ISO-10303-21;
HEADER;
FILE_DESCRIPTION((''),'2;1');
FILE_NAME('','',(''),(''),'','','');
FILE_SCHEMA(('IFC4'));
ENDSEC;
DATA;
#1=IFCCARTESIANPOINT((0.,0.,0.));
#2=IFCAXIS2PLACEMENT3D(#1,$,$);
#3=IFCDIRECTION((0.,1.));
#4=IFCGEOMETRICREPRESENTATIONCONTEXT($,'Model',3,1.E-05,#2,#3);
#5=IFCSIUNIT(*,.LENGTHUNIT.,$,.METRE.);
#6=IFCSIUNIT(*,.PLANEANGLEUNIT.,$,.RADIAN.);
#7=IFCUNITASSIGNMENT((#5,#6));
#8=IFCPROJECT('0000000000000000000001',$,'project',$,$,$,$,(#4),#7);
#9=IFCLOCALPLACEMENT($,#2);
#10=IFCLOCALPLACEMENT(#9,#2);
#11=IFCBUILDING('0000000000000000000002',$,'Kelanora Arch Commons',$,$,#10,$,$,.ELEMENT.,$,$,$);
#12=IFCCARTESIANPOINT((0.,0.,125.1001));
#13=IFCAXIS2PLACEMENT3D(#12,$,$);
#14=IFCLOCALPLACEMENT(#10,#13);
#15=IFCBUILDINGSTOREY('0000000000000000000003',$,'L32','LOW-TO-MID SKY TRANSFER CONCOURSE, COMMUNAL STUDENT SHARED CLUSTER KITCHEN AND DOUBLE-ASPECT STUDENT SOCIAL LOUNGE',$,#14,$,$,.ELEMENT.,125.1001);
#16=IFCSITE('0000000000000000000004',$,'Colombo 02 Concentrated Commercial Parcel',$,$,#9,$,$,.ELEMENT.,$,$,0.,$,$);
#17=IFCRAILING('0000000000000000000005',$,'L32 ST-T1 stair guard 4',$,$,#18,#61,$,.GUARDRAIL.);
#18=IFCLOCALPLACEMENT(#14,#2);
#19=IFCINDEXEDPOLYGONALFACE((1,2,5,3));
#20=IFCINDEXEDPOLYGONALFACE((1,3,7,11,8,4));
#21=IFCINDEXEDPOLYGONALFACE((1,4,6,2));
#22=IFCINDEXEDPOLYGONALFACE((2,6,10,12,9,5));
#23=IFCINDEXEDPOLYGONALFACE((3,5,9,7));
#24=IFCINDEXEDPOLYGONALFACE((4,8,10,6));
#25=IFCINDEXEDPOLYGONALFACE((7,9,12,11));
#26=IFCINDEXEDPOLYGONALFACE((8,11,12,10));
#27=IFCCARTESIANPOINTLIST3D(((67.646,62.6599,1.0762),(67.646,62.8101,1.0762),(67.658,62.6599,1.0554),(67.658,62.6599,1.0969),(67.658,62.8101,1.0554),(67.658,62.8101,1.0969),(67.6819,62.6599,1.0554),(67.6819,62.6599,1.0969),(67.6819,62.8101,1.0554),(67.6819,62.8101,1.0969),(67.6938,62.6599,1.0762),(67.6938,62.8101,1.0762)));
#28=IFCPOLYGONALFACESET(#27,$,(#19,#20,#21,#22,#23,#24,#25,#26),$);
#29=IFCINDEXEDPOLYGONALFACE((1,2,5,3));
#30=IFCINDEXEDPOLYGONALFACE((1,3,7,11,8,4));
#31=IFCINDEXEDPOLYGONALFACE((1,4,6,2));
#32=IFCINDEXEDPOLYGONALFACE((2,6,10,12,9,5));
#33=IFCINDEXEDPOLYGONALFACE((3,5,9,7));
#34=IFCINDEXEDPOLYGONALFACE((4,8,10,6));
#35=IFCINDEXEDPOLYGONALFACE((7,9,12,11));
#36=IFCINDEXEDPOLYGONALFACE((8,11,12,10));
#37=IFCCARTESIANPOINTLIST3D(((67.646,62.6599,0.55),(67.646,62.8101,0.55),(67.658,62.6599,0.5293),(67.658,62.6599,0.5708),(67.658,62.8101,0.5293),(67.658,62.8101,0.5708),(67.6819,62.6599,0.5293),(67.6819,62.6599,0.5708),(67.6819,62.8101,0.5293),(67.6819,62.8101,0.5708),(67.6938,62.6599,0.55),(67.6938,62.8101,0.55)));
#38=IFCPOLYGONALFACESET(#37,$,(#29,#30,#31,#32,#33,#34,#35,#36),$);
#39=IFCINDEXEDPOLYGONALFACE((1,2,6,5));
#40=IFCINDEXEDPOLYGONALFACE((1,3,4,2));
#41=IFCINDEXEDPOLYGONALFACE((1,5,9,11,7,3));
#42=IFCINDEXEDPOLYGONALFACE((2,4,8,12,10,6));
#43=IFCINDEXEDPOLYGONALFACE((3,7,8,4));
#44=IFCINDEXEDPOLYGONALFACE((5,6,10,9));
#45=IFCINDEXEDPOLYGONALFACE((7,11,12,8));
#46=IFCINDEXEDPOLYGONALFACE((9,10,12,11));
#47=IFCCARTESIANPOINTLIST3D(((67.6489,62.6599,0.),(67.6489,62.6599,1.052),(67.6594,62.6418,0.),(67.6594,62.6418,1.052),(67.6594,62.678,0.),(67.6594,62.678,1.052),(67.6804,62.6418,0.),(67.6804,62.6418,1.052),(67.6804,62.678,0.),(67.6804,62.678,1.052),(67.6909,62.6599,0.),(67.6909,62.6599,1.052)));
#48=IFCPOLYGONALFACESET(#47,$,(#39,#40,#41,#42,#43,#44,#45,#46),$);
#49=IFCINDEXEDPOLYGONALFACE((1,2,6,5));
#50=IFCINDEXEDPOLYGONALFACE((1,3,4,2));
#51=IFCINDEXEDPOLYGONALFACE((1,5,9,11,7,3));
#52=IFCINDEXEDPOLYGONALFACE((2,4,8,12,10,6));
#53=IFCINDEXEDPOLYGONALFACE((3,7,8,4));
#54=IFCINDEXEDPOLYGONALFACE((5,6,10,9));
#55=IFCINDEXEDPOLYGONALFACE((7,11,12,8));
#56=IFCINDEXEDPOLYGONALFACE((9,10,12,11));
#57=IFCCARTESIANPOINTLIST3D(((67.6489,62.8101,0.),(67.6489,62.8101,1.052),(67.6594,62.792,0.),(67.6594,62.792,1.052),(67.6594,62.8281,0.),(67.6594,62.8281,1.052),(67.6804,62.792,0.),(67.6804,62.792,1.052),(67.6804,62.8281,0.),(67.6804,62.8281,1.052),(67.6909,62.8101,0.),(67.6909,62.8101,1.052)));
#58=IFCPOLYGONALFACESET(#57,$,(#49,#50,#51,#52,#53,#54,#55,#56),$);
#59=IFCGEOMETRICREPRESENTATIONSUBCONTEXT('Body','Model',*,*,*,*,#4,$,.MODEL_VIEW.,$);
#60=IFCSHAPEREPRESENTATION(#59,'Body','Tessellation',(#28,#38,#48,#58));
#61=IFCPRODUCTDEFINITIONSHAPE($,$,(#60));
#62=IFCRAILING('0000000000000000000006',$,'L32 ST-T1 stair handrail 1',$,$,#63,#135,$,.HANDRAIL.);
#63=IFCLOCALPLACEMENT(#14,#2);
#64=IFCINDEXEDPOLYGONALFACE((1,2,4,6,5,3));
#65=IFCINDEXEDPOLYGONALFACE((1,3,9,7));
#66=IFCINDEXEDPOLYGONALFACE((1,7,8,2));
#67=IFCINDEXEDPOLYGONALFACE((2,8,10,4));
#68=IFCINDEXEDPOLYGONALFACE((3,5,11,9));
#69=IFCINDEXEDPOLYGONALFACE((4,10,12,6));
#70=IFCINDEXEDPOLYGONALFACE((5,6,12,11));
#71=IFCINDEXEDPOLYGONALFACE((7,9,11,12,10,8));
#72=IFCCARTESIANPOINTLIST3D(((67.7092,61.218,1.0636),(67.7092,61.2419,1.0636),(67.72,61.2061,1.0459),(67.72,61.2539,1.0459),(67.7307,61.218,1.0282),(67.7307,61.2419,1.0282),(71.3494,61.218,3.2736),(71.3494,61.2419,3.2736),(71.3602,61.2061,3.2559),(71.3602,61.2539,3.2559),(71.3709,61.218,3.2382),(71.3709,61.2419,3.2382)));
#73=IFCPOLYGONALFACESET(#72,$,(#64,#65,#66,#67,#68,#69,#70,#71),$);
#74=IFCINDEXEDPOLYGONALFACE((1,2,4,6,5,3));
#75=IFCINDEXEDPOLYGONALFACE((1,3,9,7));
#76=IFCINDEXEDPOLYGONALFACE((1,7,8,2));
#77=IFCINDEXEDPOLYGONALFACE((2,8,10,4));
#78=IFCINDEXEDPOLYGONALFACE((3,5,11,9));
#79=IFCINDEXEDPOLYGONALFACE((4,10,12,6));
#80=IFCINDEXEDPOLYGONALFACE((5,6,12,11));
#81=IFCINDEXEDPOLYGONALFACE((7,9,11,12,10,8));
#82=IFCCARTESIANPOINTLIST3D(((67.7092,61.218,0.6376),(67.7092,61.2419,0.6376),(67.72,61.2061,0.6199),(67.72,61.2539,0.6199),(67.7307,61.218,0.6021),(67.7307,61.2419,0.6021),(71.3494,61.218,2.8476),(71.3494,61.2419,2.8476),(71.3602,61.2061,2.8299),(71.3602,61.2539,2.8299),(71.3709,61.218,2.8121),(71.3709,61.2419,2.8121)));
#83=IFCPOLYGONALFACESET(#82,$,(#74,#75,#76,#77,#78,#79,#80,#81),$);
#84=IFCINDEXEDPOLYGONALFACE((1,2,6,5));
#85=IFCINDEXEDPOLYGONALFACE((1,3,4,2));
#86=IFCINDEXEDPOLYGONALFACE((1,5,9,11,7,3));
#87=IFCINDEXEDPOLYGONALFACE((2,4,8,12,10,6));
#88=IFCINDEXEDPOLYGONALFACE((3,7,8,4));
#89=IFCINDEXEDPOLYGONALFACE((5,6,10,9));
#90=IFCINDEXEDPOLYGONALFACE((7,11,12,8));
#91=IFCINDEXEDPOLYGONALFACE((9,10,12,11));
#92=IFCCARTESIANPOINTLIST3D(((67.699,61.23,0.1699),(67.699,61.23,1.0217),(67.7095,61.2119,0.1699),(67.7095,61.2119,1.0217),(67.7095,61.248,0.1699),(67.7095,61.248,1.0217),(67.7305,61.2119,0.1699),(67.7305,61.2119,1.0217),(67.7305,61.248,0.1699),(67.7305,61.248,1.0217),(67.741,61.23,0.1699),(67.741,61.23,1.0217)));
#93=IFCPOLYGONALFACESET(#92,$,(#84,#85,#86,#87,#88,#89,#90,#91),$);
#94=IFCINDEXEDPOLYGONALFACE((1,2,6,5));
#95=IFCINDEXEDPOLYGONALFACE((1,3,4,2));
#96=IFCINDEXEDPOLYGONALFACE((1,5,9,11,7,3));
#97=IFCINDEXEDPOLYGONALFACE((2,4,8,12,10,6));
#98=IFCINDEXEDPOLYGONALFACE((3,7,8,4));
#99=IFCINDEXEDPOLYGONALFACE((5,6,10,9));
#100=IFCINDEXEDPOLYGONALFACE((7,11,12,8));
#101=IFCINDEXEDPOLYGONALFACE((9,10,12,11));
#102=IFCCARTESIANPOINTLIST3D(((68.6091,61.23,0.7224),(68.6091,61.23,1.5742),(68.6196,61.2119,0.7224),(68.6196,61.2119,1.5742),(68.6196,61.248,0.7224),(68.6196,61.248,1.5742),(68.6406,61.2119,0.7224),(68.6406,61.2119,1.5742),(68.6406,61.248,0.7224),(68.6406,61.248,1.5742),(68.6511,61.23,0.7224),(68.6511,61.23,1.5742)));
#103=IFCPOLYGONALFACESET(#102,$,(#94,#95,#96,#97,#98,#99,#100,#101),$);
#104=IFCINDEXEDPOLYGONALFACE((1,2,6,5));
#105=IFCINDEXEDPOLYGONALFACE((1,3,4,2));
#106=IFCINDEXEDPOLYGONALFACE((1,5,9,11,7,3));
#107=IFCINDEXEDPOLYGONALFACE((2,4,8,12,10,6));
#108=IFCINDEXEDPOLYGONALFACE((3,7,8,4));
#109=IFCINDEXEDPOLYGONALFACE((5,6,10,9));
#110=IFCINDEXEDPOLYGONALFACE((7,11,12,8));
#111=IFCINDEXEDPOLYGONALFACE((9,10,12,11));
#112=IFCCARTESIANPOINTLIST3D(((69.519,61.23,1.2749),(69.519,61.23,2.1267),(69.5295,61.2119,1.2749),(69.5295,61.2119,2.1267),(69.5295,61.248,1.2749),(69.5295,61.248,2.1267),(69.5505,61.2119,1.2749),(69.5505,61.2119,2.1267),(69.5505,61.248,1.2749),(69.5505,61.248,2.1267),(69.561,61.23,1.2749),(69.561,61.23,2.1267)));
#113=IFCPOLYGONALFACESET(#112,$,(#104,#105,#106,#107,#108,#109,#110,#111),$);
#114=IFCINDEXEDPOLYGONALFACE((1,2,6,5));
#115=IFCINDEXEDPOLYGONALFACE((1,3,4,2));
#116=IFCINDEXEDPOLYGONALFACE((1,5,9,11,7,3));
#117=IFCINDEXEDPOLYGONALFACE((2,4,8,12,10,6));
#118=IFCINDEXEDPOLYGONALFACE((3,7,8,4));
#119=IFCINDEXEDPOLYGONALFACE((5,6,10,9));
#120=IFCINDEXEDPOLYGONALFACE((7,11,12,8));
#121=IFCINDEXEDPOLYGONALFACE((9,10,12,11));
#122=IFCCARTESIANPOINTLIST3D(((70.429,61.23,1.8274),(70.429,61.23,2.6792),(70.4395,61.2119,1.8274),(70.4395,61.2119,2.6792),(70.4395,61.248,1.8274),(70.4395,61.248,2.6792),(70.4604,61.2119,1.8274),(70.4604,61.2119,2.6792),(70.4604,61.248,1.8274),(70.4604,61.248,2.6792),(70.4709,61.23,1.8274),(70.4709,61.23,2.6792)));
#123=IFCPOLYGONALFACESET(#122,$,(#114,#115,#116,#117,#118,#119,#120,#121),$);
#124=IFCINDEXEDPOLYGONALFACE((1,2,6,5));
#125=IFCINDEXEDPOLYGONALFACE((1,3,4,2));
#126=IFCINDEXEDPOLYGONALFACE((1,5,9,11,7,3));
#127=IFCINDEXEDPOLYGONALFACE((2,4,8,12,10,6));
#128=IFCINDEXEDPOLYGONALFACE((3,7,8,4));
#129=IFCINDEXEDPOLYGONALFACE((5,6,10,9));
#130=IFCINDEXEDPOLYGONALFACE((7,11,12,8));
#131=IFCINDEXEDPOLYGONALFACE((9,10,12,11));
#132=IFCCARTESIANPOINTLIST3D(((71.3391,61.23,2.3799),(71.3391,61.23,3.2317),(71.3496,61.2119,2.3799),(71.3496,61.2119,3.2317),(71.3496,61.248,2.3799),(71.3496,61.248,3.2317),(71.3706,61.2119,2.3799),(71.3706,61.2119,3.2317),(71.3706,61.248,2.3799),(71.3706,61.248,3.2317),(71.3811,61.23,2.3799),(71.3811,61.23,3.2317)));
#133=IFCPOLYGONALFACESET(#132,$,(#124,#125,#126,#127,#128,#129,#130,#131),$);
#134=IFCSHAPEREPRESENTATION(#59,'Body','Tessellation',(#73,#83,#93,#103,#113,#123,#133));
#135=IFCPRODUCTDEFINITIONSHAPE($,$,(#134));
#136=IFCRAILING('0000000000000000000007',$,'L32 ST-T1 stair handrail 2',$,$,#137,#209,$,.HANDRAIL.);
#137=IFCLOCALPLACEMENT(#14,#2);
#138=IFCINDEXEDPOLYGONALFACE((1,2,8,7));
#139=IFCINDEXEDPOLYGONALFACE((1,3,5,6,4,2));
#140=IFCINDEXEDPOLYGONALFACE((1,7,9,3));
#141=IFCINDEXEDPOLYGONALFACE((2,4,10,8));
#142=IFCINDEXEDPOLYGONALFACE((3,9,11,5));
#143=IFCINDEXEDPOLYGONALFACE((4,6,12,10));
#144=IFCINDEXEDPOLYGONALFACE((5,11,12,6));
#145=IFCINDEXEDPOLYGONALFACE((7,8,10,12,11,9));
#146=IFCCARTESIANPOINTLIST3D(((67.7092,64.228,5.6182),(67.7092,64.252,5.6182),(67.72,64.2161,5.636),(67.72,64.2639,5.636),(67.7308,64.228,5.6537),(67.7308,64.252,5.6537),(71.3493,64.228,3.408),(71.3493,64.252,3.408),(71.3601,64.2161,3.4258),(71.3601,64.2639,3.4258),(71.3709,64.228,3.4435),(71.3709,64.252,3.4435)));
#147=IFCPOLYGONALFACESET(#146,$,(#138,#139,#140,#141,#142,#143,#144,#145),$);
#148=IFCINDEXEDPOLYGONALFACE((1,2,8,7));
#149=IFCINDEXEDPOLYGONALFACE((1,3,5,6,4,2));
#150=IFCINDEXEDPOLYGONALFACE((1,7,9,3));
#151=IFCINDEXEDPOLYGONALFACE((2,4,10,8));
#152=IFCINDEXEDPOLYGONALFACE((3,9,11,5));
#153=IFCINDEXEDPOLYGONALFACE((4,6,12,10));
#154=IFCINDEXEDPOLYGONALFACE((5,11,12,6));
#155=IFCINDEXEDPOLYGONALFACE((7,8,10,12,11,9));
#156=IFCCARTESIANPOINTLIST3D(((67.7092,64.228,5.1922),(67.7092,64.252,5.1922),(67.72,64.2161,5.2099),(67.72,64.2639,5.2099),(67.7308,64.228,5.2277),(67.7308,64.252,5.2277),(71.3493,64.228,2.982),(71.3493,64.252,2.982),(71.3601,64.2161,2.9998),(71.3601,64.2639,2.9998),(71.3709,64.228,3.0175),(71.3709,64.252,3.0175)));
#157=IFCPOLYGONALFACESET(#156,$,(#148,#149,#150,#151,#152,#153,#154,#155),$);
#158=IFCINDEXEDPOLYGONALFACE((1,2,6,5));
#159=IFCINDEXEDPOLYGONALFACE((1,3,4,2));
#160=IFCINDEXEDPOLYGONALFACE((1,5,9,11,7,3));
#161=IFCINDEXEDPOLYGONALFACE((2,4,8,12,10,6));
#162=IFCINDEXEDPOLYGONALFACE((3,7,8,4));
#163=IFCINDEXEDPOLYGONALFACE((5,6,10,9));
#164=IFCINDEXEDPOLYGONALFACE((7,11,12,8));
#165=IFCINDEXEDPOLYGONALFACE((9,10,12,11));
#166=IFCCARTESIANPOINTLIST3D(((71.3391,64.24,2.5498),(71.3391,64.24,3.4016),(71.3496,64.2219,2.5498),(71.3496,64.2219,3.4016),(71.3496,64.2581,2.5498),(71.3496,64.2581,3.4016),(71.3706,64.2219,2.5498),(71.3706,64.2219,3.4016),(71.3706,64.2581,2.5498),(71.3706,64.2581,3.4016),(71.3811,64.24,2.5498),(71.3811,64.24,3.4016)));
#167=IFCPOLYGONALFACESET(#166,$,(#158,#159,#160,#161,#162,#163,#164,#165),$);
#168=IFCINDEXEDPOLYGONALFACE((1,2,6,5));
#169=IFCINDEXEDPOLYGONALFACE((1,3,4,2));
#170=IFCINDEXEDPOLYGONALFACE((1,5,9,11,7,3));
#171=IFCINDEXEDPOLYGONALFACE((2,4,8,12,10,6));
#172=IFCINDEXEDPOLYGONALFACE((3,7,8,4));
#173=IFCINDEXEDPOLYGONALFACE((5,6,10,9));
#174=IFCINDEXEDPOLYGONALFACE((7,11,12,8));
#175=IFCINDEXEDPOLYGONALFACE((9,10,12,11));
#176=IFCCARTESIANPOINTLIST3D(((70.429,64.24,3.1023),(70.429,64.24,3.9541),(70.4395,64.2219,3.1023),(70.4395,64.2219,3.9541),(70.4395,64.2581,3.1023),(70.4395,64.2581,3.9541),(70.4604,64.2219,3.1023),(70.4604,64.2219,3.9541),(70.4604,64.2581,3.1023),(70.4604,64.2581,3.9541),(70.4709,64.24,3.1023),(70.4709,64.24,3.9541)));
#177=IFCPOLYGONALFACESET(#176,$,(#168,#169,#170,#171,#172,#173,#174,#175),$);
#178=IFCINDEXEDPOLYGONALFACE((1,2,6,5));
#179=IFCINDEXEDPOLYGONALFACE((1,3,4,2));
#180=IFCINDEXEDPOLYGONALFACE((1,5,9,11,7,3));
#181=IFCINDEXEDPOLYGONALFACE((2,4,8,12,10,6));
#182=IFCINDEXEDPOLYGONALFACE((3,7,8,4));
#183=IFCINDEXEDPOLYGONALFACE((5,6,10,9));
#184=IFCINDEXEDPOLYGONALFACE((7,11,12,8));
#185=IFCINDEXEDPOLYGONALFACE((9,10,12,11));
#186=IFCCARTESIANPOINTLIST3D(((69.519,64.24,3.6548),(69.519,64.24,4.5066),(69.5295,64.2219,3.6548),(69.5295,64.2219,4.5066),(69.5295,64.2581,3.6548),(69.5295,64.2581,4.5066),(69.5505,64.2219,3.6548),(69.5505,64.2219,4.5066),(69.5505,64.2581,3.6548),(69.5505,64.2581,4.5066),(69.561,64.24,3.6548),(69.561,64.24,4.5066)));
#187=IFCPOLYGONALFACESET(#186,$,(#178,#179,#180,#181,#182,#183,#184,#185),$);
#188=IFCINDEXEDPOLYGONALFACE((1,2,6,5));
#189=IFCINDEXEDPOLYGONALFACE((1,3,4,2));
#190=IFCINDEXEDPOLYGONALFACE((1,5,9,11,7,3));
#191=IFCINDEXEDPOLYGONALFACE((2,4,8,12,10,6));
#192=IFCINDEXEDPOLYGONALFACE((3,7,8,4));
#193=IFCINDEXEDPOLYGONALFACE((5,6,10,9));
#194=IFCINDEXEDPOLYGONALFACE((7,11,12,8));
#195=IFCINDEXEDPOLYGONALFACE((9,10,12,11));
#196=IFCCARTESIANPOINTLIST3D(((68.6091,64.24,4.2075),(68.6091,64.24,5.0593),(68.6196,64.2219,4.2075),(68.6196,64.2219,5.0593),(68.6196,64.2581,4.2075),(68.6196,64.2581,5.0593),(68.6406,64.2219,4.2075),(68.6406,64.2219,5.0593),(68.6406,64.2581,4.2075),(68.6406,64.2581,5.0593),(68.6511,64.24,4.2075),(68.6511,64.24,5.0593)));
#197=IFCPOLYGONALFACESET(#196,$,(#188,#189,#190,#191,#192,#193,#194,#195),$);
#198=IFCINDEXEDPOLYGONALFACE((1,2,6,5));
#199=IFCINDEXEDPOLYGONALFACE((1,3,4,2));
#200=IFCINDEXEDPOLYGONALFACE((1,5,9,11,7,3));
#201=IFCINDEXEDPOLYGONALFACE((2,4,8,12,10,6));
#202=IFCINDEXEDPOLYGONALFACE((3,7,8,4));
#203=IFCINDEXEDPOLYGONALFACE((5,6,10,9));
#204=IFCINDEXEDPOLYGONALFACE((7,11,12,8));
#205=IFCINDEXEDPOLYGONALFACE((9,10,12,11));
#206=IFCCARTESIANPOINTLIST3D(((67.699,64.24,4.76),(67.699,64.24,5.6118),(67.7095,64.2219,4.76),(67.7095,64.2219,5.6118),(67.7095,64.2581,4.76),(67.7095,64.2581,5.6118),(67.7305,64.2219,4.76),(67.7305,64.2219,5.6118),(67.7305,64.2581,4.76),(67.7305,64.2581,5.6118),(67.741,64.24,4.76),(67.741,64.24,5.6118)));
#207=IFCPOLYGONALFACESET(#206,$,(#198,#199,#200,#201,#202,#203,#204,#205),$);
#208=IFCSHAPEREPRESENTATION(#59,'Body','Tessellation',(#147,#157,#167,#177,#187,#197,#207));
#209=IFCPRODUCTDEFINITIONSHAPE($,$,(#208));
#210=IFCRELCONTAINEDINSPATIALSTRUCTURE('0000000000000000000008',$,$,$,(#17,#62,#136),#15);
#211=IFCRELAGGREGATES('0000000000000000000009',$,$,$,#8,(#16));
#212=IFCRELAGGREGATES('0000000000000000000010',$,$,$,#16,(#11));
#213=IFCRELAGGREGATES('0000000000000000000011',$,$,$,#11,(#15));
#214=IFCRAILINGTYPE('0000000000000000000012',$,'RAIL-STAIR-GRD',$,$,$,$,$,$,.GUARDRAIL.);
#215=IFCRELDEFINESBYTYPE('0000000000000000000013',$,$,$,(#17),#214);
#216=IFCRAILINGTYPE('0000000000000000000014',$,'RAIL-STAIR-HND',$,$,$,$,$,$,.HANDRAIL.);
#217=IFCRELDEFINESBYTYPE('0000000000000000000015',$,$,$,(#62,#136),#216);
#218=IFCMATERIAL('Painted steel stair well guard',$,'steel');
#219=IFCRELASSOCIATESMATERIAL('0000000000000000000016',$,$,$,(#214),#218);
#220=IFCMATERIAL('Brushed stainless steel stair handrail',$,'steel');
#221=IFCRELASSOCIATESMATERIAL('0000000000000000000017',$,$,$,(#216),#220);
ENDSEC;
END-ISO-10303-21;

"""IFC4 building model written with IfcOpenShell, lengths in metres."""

from ifc_helpers import new_model, si_unit, direction, frame, origin, place, context, subcontext, project, spatial, polyline, outline, extrude, material, type_object, element, save


model = new_model("IFC4")

# Units and contexts
model_context = context("Model", 3, precision=1e-05, world=origin(), true_north=direction((0.0, 1.0)))
body_context = subcontext(model_context, "Body", "Model", "MODEL_VIEW")
ifc_project = project(units=[si_unit("LENGTHUNIT", "METRE"), si_unit("PLANEANGLEUNIT", "RADIAN")], contexts=[model_context])

# Site, building, storey
site_placement = place(None, origin())
site = spatial("IfcSite", under=ifc_project, at=site_placement, Name="Colombo 02 Concentrated Commercial Parcel", CompositionType="ELEMENT", RefElevation=0.0)
building_placement = place(site_placement, origin())
building = spatial("IfcBuilding", under=site, at=building_placement, Name="Kelanora Arch Commons", CompositionType="ELEMENT")
storey_placement = place(building_placement, frame((0.0, 0.0, 125.1001)))
storey = spatial("IfcBuildingStorey", under=building, at=storey_placement, Name="L32", Description="LOW-TO-MID SKY TRANSFER CONCOURSE, COMMUNAL STUDENT SHARED CLUSTER KITCHEN AND DOUBLE-ASPECT STUDENT SOCIAL LOUNGE", CompositionType="ELEMENT", Elevation=125.1001)

# Railings
ifc_material_1 = material(Name="Painted steel stair well guard", Category="steel")
railing_type_1 = type_object("IfcRailingType", Name="RAIL-STAIR-GRD", PredefinedType="GUARDRAIL", material=ifc_material_1)
railing_1_placement = place(storey_placement, frame((67.6699, 62.6599, 0.0)))
element("IfcRailing", 1, at=railing_1_placement, inside=storey, type_object=railing_type_1, Name="L32 ST-T1 stair guard 4", PredefinedType="GUARDRAIL", context=body_context, shape_type="SweptSolid", body=[
    extrude(outline(polyline([(0.0239, 0.0), (0.012, 0.0208), (-0.012, 0.0208), (-0.0239, 0.0), (-0.012, -0.0208), (0.012, -0.0208), (0.0239, 0.0)])), frame((0.0, 0.0, 1.0762), z_axis=(0.0, 1.0, 0.0), x_axis=(-1.0, 0.0, 0.0)), (0.0, 0.0, 1.0), 0.1501),
    extrude(outline(polyline([(0.0239, 0.0), (0.012, 0.0208), (-0.012, 0.0208), (-0.0239, 0.0), (-0.012, -0.0208), (0.012, -0.0208), (0.0239, 0.0)])), frame((0.0, 0.0, 0.55), z_axis=(0.0, 1.0, 0.0), x_axis=(-1.0, 0.0, 0.0)), (0.0, 0.0, 1.0), 0.1501),
    extrude(outline(polyline([(0.021, 0.0), (0.0105, 0.0181), (-0.0105, 0.0181), (-0.021, 0.0), (-0.0105, -0.0181), (0.0105, -0.0181), (0.021, 0.0)])), origin(), (0.0, 0.0, 1.0), 1.052),
    extrude(outline(polyline([(0.021, 0.0), (0.0105, 0.0181), (-0.0105, 0.0181), (-0.021, 0.0), (-0.0105, -0.0181), (0.0105, -0.0181), (0.021, 0.0)])), frame((0.0, 0.1501, 0.0)), (0.0, 0.0, 1.0), 1.052),
])
ifc_material_2 = material(Name="Brushed stainless steel stair handrail", Category="steel")
railing_type_2 = type_object("IfcRailingType", Name="RAIL-STAIR-HND", PredefinedType="HANDRAIL", material=ifc_material_2)
railing_2_placement = place(storey_placement, frame((67.72, 61.23, 0.1699)))
element("IfcRailing", 2, at=railing_2_placement, inside=storey, type_object=railing_type_2, Name="L32 ST-T1 stair handrail 1", PredefinedType="HANDRAIL", context=body_context, shape_type="SweptSolid", body=[
    extrude(outline(polyline([(0.0239, 0.0), (0.012, 0.0208), (-0.012, 0.0208), (-0.0239, 0.0), (-0.012, -0.0208), (0.012, -0.0208), (0.0239, 0.0)])), frame((0.0, 0.0, 0.876), z_axis=(0.8548, 0.0, 0.518957), x_axis=(0.0, 1.0, 0.0)), (0.0, 0.0, 1.0), 4.2585),
    extrude(outline(polyline([(0.0239, 0.0), (0.012, 0.0208), (-0.012, 0.0208), (-0.0239, 0.0), (-0.012, -0.0208), (0.012, -0.0208), (0.0239, 0.0)])), frame((0.0, 0.0, 0.45), z_axis=(0.8548, 0.0, 0.518957), x_axis=(0.0, 1.0, 0.0)), (0.0, 0.0, 1.0), 4.2585),
    extrude(outline(polyline([(0.021, 0.0), (0.0105, 0.0181), (-0.0105, 0.0181), (-0.021, 0.0), (-0.0105, -0.0181), (0.0105, -0.0181), (0.021, 0.0)])), origin(), (0.0, 0.0, 1.0), 0.8518),
    extrude(outline(polyline([(0.021, 0.0), (0.0105, 0.0181), (-0.0105, 0.0181), (-0.021, 0.0), (-0.0105, -0.0181), (0.0105, -0.0181), (0.021, 0.0)])), frame((0.9102, 0.0, 0.5525)), (0.0, 0.0, 1.0), 0.8518),
    extrude(outline(polyline([(0.021, 0.0), (0.0105, 0.0181), (-0.0105, 0.0181), (-0.021, 0.0), (-0.0105, -0.0181), (0.0105, -0.0181), (0.021, 0.0)])), frame((1.8201, 0.0, 1.105)), (0.0, 0.0, 1.0), 0.8518),
    extrude(outline(polyline([(0.021, 0.0), (0.0105, 0.0181), (-0.0105, 0.0181), (-0.021, 0.0), (-0.0105, -0.0181), (0.0105, -0.0181), (0.021, 0.0)])), frame((2.73, 0.0, 1.6575)), (0.0, 0.0, 1.0), 0.8518),
    extrude(outline(polyline([(0.021, 0.0), (0.0105, 0.0181), (-0.0105, 0.0181), (-0.021, 0.0), (-0.0105, -0.0181), (0.0105, -0.0181), (0.021, 0.0)])), frame((3.6401, 0.0, 2.21)), (0.0, 0.0, 1.0), 0.8518),
])
railing_3_placement = place(storey_placement, frame((71.3601, 64.24, 2.5498)))
element("IfcRailing", 3, at=railing_3_placement, inside=storey, type_object=railing_type_2, Name="L32 ST-T1 stair handrail 2", PredefinedType="HANDRAIL", context=body_context, shape_type="SweptSolid", body=[
    extrude(outline(polyline([(0.0239, 0.0), (0.012, 0.0208), (-0.012, 0.0208), (-0.0239, 0.0), (-0.012, -0.0208), (0.012, -0.0208), (0.0239, 0.0)])), frame((0.0, 0.0, 0.876), z_axis=(-0.854775, 0.0, 0.518999), x_axis=(0.0, -1.0, 0.0)), (0.0, 0.0, 1.0), 4.2585),
    extrude(outline(polyline([(0.0239, 0.0), (0.012, 0.0208), (-0.012, 0.0208), (-0.0239, 0.0), (-0.012, -0.0208), (0.012, -0.0208), (0.0239, 0.0)])), frame((0.0, 0.0, 0.45), z_axis=(-0.854775, 0.0, 0.518999), x_axis=(0.0, -1.0, 0.0)), (0.0, 0.0, 1.0), 4.2585),
    extrude(outline(polyline([(0.021, 0.0), (0.0105, 0.0181), (-0.0105, 0.0181), (-0.021, 0.0), (-0.0105, -0.0181), (0.0105, -0.0181), (0.021, 0.0)])), origin(), (0.0, 0.0, 1.0), 0.8518),
    extrude(outline(polyline([(0.021, 0.0), (0.0105, 0.0181), (-0.0105, 0.0181), (-0.021, 0.0), (-0.0105, -0.0181), (0.0105, -0.0181), (0.021, 0.0)])), frame((-0.9102, 0.0, 0.5525)), (0.0, 0.0, 1.0), 0.8518),
    extrude(outline(polyline([(0.021, 0.0), (0.0105, 0.0181), (-0.0105, 0.0181), (-0.021, 0.0), (-0.0105, -0.0181), (0.0105, -0.0181), (0.021, 0.0)])), frame((-1.8201, 0.0, 1.105)), (0.0, 0.0, 1.0), 0.8518),
    extrude(outline(polyline([(0.021, 0.0), (0.0105, 0.0181), (-0.0105, 0.0181), (-0.021, 0.0), (-0.0105, -0.0181), (0.0105, -0.0181), (0.021, 0.0)])), frame((-2.73, 0.0, 1.6577)), (0.0, 0.0, 1.0), 0.8518),
    extrude(outline(polyline([(0.021, 0.0), (0.0105, 0.0181), (-0.0105, 0.0181), (-0.021, 0.0), (-0.0105, -0.0181), (0.0105, -0.0181), (0.021, 0.0)])), frame((-3.6401, 0.0, 2.2102)), (0.0, 0.0, 1.0), 0.8518),
])

save(model, "model.ifc")
